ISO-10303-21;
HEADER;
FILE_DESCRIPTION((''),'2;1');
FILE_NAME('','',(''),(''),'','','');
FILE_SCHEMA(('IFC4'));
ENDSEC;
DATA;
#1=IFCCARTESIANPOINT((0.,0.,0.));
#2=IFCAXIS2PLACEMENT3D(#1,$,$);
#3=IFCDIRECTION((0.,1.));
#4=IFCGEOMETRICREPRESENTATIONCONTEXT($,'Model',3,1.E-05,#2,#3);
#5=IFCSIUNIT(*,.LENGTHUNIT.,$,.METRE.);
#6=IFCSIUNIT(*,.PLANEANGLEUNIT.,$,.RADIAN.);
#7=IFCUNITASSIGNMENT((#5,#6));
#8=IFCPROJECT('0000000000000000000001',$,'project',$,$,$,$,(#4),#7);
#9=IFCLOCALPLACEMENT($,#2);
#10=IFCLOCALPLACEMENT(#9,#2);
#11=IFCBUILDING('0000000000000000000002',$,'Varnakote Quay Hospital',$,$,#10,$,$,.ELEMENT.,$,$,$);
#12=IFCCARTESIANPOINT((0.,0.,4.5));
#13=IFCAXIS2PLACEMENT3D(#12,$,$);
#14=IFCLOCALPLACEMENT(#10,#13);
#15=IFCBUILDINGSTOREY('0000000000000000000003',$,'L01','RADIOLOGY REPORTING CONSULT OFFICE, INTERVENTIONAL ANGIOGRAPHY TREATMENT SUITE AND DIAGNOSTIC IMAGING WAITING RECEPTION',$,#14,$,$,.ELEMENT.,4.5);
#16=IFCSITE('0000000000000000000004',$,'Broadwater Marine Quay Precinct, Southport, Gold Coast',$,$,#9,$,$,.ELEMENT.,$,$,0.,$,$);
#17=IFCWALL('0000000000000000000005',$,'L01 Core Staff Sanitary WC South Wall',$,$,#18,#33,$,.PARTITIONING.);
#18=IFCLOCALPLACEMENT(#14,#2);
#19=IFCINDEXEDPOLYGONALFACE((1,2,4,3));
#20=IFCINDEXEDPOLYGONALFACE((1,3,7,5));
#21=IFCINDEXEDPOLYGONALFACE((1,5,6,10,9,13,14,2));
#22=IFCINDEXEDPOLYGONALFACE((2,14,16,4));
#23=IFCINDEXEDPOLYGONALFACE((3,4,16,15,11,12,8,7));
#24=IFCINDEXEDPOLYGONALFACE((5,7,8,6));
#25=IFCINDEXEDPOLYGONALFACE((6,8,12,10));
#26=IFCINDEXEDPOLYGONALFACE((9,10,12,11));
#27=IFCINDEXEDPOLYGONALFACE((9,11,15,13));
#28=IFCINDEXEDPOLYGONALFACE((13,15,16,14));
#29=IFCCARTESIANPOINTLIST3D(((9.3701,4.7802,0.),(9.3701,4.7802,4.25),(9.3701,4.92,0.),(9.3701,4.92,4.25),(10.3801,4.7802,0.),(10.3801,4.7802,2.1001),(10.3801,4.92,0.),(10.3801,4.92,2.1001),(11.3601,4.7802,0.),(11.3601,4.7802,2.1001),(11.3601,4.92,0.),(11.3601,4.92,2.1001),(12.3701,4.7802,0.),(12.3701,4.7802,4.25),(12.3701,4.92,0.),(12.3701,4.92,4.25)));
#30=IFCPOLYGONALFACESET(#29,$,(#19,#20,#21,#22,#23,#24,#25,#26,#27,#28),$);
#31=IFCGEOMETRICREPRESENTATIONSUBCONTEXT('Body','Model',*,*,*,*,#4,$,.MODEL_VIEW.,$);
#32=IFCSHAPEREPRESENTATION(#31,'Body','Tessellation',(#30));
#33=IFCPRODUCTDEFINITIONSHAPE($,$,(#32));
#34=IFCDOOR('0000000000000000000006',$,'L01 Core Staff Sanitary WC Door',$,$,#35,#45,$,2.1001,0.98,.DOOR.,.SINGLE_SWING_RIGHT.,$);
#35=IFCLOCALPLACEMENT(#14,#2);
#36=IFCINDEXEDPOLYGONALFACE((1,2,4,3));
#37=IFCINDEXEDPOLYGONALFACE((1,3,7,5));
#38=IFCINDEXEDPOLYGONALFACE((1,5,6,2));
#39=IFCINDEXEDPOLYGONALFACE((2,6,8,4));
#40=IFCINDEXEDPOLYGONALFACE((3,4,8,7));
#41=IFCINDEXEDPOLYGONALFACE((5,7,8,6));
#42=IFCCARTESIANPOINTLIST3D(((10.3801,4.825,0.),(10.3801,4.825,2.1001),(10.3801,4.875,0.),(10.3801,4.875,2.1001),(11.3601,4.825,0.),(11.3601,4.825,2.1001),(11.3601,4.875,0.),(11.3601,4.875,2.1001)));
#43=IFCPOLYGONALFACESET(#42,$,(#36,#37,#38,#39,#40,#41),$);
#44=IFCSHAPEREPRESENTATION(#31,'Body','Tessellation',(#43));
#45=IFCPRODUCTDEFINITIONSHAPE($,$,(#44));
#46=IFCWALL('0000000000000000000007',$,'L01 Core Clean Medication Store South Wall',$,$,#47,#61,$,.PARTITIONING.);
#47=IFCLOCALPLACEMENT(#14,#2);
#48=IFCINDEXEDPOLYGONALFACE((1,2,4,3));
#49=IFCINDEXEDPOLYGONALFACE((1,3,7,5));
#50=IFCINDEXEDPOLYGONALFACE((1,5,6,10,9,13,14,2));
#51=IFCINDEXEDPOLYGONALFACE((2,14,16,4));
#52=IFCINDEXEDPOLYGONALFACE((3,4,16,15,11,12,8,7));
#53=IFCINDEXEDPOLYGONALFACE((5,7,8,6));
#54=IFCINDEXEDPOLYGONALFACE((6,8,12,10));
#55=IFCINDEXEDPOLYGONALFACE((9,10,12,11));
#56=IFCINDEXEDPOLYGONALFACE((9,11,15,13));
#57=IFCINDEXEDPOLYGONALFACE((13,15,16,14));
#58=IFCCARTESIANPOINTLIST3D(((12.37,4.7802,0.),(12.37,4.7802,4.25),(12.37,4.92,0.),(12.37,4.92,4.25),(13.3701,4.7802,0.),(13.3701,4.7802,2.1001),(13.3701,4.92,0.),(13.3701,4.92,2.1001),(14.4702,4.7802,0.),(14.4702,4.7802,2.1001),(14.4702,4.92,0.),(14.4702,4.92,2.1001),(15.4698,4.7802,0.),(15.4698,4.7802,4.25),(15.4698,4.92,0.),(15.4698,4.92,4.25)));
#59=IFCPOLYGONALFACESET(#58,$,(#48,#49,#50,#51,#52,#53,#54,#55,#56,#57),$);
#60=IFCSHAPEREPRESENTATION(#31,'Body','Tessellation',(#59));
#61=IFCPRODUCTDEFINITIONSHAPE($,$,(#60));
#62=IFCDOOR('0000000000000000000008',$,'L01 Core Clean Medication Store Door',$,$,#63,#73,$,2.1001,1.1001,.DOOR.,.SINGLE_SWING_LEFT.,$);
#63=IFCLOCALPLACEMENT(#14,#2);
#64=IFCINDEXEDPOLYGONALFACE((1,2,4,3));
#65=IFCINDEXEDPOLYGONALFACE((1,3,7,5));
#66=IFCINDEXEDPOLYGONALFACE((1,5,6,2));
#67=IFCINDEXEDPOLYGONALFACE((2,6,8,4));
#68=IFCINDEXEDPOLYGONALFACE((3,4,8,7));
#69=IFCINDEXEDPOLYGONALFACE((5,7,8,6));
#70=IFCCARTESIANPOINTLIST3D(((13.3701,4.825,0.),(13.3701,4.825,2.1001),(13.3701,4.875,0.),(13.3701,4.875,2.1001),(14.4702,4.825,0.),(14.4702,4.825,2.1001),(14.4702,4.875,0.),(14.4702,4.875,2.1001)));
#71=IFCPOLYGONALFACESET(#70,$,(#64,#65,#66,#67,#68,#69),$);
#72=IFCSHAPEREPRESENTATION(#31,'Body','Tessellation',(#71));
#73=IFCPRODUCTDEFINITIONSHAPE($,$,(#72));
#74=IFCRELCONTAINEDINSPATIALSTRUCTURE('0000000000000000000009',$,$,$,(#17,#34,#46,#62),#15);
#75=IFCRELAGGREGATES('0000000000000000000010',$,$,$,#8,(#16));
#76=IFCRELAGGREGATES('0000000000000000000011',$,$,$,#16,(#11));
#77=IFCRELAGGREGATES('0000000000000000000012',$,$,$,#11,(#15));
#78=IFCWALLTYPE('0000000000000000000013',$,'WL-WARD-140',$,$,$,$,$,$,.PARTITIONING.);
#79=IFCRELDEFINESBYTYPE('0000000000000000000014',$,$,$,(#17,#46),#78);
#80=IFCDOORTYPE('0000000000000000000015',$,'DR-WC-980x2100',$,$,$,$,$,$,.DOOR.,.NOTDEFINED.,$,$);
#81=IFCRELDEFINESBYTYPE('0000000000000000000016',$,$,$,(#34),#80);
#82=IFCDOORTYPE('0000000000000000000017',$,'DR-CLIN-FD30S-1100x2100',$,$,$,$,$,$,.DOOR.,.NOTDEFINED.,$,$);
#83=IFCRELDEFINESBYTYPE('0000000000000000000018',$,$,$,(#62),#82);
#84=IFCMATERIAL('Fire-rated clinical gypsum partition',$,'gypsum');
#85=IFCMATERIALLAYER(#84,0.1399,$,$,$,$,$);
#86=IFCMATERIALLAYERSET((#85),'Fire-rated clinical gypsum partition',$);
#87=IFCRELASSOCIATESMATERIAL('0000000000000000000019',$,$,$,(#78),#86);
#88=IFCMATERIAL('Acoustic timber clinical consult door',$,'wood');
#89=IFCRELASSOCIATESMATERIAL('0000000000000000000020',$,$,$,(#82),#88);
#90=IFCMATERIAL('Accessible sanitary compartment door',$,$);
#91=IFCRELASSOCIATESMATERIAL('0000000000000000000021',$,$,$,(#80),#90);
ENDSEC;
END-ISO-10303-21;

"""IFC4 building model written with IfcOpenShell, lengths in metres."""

from ifc_helpers import new_model, si_unit, direction, frame, frame_2d, origin, place, context, subcontext, project, spatial, rectangle, extrude, material, layer, layer_set, type_object, element, fill, save


model = new_model("IFC4")

# Units and contexts
model_context = context("Model", 3, precision=1e-05, world=origin(), true_north=direction((0.0, 1.0)))
body_context = subcontext(model_context, "Body", "Model", "MODEL_VIEW")
ifc_project = project(units=[si_unit("LENGTHUNIT", "METRE"), si_unit("PLANEANGLEUNIT", "RADIAN")], contexts=[model_context])

# Site, building, storey
site_placement = place(None, origin())
site = spatial("IfcSite", under=ifc_project, at=site_placement, Name="Broadwater Marine Quay Precinct, Southport, Gold Coast", CompositionType="ELEMENT", RefElevation=0.0)
building_placement = place(site_placement, origin())
building = spatial("IfcBuilding", under=site, at=building_placement, Name="Varnakote Quay Hospital", CompositionType="ELEMENT")
storey_placement = place(building_placement, frame((0.0, 0.0, 4.5)))
storey = spatial("IfcBuildingStorey", under=building, at=storey_placement, Name="L01", Description="RADIOLOGY REPORTING CONSULT OFFICE, INTERVENTIONAL ANGIOGRAPHY TREATMENT SUITE AND DIAGNOSTIC IMAGING WAITING RECEPTION", CompositionType="ELEMENT", Elevation=4.5)

# Walls, openings, doors
ifc_material_1 = material(Name="Fire-rated clinical gypsum partition", Category="gypsum")
ifc_layer_1 = layer(ifc_material_1, 0.1399)
ifc_layer_set_1 = layer_set([ifc_layer_1], Name="Fire-rated clinical gypsum partition")
wall_type_1 = type_object("IfcWallType", Name="WL-WARD-140", PredefinedType="PARTITIONING", material=ifc_layer_set_1)
ifc_material_2 = material(Name="Acoustic timber clinical consult door", Category="wood")
door_type_1 = type_object("IfcDoorType", Name="DR-CLIN-FD30S-1100x2100", OperationType="NOTDEFINED", PredefinedType="DOOR", material=ifc_material_2)
wall_1_placement = place(storey_placement, frame((9.3701, 4.8501, 0.0), z_axis=(0.0, 0.0, 1.0), x_axis=(1.0, 0.0, 0.0)))
wall_1 = element("IfcWall", 1, at=wall_1_placement, inside=storey, type_object=wall_type_1, Name="L01 Core Staff Sanitary WC South Wall", PredefinedType="PARTITIONING", context=body_context, shape_type="SweptSolid", body=[
    extrude(rectangle(XDim=3.0, YDim=0.1399, at=frame_2d((1.5, 0.0))), origin(), (0.0, 0.0, 1.0), 4.25),
])
opening_1_placement = place(wall_1_placement, frame((1.01, 0.0, 0.0)))
opening_1 = element("IfcOpeningElement", 2, at=opening_1_placement, cuts=wall_1, PredefinedType="OPENING", context=body_context, shape_type="SweptSolid", body=[
    extrude(rectangle(XDim=0.98, YDim=2.1001, at=frame_2d((0.49, 1.05))), frame((0.0, 0.0798, 0.0), z_axis=(0.0, -1.0, 0.0), x_axis=(1.0, 0.0, 0.0)), (0.0, 0.0, 1.0), 0.1599),
])
ifc_material_3 = material(Name="Accessible sanitary compartment door")
door_type_2 = type_object("IfcDoorType", Name="DR-WC-980x2100", OperationType="NOTDEFINED", PredefinedType="DOOR", material=ifc_material_3)
door_1_placement = place(opening_1_placement, origin())
door_1 = element("IfcDoor", 3, at=door_1_placement, inside=storey, type_object=door_type_2, Name="L01 Core Staff Sanitary WC Door", OperationType="SINGLE_SWING_RIGHT", OverallHeight=2.1001, OverallWidth=0.98, PredefinedType="DOOR", context=body_context, shape_type="SweptSolid", body=[
    extrude(rectangle(XDim=0.98, YDim=2.1001, at=frame_2d((0.49, 1.05))), frame((0.0, 0.0249, 0.0), z_axis=(0.0, -1.0, 0.0), x_axis=(1.0, 0.0, 0.0)), (0.0, 0.0, 1.0), 0.05),
])
fill(opening_1, door_1)
wall_2_placement = place(storey_placement, frame((12.3701, 4.8501, 0.0), z_axis=(0.0, 0.0, 1.0), x_axis=(1.0, 0.0, 0.0)))
wall_2 = element("IfcWall", 4, at=wall_2_placement, inside=storey, type_object=wall_type_1, Name="L01 Core Clean Medication Store South Wall", PredefinedType="PARTITIONING", context=body_context, shape_type="SweptSolid", body=[
    extrude(rectangle(XDim=3.0999, YDim=0.1399, at=frame_2d((1.5498, 0.0))), origin(), (0.0, 0.0, 1.0), 4.25),
])
opening_2_placement = place(wall_2_placement, frame((1.0, 0.0, 0.0)))
opening_2 = element("IfcOpeningElement", 5, at=opening_2_placement, cuts=wall_2, PredefinedType="OPENING", context=body_context, shape_type="SweptSolid", body=[
    extrude(rectangle(XDim=1.1001, YDim=2.1001, at=frame_2d((0.55, 1.05))), frame((0.0, 0.0798, 0.0), z_axis=(0.0, -1.0, 0.0), x_axis=(1.0, 0.0, 0.0)), (0.0, 0.0, 1.0), 0.1599),
])
door_2_placement = place(opening_2_placement, origin())
door_2 = element("IfcDoor", 6, at=door_2_placement, inside=storey, type_object=door_type_1, Name="L01 Core Clean Medication Store Door", OperationType="SINGLE_SWING_LEFT", OverallHeight=2.1001, OverallWidth=1.1001, PredefinedType="DOOR", context=body_context, shape_type="SweptSolid", body=[
    extrude(rectangle(XDim=1.1001, YDim=2.1001, at=frame_2d((0.55, 1.05))), frame((0.0, 0.0249, 0.0), z_axis=(0.0, -1.0, 0.0), x_axis=(1.0, 0.0, 0.0)), (0.0, 0.0, 1.0), 0.05),
])
fill(opening_2, door_2)

save(model, "model.ifc")
